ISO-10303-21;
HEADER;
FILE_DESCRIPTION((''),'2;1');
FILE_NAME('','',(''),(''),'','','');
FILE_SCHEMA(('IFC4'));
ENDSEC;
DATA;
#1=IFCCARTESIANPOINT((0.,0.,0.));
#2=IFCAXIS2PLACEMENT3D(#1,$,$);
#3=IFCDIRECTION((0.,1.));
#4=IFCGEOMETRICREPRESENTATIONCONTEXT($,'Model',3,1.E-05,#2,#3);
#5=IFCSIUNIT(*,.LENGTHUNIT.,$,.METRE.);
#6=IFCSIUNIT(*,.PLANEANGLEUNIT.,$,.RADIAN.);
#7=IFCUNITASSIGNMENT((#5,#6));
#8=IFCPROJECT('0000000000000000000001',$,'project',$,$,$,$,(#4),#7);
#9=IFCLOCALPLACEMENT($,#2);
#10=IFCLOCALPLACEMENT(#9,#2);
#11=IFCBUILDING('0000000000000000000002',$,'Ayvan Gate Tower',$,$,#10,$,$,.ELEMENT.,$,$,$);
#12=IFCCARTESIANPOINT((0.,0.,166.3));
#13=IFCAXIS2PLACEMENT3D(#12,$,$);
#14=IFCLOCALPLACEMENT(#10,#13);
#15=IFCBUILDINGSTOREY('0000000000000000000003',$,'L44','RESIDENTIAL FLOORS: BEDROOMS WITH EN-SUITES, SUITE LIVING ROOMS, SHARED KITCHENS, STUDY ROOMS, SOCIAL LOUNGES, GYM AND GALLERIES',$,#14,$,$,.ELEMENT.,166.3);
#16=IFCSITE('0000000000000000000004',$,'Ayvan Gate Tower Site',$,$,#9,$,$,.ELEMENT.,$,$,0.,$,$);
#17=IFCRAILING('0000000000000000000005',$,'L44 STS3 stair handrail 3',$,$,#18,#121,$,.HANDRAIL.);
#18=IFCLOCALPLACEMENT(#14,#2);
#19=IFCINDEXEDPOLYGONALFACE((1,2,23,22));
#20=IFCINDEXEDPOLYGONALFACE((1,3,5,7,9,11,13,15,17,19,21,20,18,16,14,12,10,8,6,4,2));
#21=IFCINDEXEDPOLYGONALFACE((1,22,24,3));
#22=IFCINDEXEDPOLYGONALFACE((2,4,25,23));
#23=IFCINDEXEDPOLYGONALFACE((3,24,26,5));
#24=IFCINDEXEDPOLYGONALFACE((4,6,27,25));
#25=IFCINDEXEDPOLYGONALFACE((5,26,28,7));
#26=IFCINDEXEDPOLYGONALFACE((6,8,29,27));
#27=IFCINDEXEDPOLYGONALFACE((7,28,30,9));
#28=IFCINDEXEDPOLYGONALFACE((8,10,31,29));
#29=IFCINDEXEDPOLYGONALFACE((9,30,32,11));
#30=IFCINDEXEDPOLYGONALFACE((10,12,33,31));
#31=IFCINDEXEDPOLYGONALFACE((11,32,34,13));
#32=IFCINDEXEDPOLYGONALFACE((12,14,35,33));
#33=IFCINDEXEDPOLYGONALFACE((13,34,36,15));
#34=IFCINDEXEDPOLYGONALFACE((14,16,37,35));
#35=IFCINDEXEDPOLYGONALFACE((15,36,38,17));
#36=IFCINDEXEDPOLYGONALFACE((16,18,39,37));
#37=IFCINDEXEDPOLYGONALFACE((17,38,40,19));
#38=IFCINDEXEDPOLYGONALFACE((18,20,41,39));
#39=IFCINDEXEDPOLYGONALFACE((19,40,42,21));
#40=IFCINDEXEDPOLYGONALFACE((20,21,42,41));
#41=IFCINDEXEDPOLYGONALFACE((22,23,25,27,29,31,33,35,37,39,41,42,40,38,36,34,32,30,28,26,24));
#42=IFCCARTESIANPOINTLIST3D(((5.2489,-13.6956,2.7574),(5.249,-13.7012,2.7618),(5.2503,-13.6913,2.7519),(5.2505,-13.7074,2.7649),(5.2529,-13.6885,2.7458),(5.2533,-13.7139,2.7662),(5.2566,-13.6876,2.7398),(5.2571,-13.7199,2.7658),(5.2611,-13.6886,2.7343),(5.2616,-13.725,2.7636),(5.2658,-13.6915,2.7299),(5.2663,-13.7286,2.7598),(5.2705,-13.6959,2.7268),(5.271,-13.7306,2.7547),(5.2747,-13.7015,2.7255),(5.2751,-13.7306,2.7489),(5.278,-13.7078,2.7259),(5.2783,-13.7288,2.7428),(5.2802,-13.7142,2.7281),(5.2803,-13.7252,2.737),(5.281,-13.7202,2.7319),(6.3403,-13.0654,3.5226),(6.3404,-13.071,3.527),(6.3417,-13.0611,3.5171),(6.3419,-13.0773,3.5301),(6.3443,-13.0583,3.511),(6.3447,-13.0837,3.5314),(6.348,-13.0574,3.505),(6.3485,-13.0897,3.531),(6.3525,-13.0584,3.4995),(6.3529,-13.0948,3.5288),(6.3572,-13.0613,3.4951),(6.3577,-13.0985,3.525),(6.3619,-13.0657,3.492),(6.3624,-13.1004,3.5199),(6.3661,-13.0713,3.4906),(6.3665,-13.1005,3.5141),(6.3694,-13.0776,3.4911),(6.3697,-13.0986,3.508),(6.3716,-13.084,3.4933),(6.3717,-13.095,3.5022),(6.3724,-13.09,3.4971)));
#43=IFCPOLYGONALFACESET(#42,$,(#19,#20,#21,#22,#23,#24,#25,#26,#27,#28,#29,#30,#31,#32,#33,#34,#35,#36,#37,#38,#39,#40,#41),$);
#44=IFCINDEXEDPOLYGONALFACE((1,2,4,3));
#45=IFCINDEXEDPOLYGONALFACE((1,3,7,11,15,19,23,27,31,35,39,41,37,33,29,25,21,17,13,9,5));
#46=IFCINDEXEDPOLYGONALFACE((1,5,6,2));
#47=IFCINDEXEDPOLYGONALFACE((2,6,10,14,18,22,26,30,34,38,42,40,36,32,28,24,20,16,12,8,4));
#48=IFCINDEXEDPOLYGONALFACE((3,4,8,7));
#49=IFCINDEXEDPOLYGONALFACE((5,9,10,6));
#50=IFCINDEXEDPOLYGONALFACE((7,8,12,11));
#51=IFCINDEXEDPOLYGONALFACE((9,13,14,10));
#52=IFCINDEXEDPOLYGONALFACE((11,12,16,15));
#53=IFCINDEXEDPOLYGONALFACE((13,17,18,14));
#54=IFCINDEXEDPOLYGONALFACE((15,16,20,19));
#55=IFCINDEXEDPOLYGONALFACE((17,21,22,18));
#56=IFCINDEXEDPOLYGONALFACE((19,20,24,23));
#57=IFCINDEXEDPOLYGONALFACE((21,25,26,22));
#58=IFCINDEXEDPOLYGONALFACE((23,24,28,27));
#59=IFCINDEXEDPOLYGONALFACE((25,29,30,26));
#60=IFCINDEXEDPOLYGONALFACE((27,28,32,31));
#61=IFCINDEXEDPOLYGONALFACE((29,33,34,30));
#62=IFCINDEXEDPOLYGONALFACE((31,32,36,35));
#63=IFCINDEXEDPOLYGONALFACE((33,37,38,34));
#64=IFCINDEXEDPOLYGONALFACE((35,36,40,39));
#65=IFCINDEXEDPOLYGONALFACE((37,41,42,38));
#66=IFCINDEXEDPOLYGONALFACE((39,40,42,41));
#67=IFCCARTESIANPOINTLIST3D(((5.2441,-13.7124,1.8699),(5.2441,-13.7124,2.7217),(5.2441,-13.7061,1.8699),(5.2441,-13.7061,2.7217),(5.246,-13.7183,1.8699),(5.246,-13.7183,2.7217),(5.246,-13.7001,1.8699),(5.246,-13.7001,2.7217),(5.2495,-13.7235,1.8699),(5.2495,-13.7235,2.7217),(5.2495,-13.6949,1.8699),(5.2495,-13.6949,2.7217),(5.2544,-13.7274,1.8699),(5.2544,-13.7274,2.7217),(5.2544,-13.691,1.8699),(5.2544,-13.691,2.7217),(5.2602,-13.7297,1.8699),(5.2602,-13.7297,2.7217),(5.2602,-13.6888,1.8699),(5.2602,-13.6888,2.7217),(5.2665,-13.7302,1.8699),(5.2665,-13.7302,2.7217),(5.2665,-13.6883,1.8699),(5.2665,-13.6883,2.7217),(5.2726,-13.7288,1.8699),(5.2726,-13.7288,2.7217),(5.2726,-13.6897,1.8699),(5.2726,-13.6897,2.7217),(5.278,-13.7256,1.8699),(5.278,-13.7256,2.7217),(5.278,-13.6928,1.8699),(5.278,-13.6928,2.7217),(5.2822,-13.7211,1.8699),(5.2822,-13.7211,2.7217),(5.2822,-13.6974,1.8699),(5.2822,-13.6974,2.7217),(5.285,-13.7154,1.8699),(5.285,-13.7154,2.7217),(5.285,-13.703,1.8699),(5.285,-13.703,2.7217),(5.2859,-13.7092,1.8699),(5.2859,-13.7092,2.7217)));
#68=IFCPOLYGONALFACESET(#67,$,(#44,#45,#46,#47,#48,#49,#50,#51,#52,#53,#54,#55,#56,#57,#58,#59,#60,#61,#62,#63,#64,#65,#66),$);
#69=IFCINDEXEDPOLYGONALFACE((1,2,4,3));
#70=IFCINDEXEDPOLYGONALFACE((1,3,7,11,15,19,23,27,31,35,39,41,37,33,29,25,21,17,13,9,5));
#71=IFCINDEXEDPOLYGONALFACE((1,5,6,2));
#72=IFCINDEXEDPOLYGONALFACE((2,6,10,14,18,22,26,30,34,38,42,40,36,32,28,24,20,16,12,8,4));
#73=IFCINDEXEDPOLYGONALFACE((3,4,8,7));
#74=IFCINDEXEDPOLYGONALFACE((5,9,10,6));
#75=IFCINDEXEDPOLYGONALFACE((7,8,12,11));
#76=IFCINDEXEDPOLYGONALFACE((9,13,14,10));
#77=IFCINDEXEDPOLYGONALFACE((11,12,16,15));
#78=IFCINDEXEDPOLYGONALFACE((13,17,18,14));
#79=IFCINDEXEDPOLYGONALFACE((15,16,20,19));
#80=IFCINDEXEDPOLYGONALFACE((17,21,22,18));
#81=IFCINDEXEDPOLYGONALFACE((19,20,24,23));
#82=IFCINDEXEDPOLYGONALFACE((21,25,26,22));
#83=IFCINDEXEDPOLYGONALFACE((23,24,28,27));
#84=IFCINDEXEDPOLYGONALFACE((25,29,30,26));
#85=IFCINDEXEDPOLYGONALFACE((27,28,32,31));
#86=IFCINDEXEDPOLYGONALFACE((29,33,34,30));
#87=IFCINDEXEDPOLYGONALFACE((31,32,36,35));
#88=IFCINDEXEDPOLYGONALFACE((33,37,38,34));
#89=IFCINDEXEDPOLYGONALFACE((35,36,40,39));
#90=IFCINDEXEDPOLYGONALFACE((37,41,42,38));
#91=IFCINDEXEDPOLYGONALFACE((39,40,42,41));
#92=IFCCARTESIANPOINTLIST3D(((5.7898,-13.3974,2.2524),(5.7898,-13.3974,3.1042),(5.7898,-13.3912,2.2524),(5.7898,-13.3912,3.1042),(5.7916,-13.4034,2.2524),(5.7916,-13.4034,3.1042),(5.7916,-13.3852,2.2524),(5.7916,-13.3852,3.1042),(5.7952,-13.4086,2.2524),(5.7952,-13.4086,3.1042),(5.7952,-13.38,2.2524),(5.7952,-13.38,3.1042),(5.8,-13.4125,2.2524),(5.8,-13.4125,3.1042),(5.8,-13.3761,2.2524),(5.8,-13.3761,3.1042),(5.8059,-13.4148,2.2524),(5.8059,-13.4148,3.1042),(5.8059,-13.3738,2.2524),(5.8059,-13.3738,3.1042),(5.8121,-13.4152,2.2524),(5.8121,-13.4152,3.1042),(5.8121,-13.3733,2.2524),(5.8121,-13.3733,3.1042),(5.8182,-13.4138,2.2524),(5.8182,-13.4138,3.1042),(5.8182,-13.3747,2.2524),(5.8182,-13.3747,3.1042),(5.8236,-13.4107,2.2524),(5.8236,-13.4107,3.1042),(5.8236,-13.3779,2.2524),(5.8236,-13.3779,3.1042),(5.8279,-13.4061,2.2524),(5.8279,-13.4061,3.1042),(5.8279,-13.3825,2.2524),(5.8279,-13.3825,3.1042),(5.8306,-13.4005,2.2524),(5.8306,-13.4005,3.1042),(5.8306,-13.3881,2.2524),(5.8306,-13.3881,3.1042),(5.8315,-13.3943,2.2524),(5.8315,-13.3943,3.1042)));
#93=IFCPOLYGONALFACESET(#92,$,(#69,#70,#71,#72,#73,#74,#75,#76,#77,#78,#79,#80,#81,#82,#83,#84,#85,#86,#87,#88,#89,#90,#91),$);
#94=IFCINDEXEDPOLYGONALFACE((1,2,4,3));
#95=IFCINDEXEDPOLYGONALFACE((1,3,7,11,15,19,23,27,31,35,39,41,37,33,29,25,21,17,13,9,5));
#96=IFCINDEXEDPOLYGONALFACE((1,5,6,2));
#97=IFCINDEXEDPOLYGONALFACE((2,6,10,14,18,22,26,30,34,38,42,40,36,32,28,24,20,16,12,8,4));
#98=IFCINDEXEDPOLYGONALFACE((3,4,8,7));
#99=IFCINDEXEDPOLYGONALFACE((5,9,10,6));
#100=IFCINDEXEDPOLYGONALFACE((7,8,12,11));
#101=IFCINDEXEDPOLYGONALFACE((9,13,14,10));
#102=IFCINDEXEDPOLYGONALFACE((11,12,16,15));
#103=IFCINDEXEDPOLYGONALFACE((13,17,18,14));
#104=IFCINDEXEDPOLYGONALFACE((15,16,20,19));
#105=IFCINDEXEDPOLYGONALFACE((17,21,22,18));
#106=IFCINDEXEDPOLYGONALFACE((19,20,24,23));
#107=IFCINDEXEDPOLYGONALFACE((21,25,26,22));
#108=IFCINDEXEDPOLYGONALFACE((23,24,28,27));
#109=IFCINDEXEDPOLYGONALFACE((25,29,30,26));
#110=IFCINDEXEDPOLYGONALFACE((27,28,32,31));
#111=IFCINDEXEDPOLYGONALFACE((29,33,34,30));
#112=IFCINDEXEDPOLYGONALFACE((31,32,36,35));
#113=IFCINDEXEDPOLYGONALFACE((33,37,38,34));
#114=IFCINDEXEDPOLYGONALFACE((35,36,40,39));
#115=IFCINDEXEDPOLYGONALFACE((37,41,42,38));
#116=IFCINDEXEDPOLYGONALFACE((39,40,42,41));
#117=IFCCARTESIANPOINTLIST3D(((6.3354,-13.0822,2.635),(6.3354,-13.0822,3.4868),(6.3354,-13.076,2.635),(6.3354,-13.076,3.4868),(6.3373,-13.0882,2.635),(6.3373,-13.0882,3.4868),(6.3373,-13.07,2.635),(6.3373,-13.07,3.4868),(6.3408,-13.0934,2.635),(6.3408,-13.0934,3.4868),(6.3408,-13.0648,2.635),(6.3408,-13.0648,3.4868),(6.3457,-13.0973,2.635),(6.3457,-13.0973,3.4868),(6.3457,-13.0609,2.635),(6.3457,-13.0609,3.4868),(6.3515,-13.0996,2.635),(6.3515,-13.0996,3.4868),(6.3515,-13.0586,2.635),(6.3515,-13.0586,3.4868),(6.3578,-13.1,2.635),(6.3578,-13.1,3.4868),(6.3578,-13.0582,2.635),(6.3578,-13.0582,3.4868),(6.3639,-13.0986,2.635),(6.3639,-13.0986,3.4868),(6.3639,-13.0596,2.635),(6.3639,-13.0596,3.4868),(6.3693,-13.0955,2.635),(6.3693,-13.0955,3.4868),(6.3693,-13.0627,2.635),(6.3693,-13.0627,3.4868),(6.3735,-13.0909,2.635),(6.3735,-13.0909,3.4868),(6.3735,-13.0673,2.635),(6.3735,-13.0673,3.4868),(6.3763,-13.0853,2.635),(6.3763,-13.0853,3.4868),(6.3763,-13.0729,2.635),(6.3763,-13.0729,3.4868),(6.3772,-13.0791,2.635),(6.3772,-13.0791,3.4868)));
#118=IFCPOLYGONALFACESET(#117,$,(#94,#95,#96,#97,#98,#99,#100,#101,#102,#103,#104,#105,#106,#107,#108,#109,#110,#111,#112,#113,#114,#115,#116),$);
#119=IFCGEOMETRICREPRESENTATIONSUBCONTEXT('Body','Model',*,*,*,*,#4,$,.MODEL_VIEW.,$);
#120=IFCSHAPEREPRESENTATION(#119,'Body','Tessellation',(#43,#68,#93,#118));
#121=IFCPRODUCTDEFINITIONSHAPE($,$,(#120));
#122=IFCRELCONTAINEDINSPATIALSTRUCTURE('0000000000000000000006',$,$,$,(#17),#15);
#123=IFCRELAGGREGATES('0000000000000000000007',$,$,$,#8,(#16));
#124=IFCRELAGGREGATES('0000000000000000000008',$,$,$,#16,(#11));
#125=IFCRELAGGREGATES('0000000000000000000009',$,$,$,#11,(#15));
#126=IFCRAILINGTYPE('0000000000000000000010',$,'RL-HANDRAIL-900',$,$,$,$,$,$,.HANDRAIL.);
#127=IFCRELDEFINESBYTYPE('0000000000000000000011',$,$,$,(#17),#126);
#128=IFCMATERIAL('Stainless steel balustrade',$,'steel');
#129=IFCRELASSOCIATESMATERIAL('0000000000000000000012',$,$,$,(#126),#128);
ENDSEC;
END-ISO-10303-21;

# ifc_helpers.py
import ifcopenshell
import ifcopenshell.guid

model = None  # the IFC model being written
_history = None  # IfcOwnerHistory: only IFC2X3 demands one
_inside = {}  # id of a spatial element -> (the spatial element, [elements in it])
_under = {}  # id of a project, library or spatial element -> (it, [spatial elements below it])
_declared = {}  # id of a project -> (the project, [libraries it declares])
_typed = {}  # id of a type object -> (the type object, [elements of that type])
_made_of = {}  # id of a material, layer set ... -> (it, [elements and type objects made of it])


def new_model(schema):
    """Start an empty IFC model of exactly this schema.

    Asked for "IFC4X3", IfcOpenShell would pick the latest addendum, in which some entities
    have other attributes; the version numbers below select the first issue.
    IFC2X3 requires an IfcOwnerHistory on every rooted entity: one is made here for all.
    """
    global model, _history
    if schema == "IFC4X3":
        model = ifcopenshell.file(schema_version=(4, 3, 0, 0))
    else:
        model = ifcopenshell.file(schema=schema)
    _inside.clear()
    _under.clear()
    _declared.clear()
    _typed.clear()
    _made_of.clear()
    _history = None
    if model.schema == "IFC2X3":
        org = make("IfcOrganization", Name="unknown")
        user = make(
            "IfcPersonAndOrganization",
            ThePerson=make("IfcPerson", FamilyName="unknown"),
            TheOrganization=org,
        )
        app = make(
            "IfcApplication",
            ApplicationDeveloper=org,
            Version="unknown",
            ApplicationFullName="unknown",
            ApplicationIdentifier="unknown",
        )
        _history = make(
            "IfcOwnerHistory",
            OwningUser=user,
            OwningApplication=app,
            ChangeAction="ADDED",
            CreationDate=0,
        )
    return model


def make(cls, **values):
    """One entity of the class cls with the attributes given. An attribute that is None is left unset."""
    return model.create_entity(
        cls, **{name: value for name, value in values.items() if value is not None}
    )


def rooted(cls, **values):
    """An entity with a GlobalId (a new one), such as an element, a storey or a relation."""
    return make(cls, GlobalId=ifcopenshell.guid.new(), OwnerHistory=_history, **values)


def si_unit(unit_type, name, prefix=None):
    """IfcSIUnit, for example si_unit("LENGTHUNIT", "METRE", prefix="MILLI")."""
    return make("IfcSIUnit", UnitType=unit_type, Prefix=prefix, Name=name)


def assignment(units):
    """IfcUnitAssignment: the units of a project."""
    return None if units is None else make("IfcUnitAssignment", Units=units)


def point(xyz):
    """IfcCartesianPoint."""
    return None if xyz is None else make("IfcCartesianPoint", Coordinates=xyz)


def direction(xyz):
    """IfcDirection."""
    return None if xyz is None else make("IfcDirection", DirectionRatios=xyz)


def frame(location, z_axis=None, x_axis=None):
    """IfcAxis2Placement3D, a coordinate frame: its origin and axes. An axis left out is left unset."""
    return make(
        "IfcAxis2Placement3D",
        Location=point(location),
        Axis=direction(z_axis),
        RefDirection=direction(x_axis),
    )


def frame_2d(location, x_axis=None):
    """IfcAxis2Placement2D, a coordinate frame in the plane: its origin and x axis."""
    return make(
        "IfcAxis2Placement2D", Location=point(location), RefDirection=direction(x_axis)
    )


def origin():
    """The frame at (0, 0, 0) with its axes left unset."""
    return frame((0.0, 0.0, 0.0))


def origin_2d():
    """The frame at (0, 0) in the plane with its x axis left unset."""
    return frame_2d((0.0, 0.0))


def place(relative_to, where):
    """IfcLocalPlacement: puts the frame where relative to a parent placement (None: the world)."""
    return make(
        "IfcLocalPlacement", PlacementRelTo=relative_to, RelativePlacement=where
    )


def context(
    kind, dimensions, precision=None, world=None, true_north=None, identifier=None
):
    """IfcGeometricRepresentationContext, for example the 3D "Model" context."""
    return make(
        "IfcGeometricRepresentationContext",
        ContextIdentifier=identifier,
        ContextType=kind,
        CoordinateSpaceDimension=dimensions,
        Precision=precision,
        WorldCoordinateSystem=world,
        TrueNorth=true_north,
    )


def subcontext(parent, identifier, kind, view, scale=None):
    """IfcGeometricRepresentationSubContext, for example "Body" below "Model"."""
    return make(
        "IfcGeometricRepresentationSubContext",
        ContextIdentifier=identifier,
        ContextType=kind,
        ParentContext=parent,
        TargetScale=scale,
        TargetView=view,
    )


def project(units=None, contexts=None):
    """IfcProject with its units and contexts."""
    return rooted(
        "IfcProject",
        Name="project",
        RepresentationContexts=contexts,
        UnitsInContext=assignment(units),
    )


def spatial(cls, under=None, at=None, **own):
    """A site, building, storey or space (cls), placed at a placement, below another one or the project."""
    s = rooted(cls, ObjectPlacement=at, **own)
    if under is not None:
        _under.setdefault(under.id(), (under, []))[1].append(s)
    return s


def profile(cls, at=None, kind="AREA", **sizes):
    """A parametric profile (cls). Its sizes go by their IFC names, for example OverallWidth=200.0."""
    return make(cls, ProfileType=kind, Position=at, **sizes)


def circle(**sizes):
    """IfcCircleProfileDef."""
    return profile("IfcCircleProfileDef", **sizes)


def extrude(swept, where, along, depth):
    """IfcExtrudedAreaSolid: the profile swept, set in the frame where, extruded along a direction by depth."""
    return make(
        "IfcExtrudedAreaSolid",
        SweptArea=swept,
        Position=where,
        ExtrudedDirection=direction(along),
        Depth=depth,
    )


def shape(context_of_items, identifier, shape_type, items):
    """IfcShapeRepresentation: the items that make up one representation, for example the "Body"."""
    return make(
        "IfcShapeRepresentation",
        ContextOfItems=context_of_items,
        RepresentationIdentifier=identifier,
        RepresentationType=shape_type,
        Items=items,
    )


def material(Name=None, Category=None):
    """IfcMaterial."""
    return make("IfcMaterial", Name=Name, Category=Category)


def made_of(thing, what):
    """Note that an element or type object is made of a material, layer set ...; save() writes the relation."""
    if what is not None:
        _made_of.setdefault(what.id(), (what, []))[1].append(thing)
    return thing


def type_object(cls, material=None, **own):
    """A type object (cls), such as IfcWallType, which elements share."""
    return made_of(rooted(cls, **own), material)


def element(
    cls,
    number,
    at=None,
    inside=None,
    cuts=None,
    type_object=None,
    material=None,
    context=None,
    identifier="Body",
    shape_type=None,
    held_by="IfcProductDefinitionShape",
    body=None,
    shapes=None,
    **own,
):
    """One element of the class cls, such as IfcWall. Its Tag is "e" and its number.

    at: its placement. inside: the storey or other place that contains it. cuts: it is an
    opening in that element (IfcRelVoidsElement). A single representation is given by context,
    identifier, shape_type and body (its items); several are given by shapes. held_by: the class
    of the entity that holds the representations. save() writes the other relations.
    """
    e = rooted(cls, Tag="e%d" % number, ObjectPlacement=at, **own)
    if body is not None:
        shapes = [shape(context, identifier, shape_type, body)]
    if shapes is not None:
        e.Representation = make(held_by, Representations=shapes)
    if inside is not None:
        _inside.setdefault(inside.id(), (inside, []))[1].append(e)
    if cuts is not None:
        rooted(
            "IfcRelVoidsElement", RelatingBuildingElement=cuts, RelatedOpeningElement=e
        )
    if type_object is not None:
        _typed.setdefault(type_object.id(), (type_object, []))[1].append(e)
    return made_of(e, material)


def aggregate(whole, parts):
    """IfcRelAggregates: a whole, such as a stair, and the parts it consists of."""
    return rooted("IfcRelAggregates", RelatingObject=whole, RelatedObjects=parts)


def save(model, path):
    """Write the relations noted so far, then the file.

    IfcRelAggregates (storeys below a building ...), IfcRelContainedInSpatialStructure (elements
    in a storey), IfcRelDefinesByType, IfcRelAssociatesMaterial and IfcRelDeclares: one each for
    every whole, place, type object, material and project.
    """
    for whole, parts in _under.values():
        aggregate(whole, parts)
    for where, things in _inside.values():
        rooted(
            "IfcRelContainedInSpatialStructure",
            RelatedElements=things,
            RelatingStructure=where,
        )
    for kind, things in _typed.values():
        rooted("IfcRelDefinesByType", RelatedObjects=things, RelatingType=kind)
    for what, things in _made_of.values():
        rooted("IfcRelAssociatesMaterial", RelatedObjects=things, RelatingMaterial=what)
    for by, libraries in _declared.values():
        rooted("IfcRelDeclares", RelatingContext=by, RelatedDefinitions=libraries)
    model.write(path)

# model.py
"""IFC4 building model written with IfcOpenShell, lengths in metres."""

from ifc_helpers import new_model, si_unit, direction, frame, origin, origin_2d, place, context, subcontext, project, spatial, circle, extrude, material, type_object, element, save


model = new_model("IFC4")

# Units and contexts
model_context = context("Model", 3, precision=1e-05, world=origin(), true_north=direction((0.0, 1.0)))
body_context = subcontext(model_context, "Body", "Model", "MODEL_VIEW")
ifc_project = project(units=[si_unit("LENGTHUNIT", "METRE"), si_unit("PLANEANGLEUNIT", "RADIAN")], contexts=[model_context])

# Site, building, storey
site_placement = place(None, origin())
site = spatial("IfcSite", under=ifc_project, at=site_placement, Name="Ayvan Gate Tower Site", CompositionType="ELEMENT", RefElevation=0.0)
building_placement = place(site_placement, origin())
building = spatial("IfcBuilding", under=site, at=building_placement, Name="Ayvan Gate Tower", CompositionType="ELEMENT")
storey_placement = place(building_placement, frame((0.0, 0.0, 166.3)))
storey = spatial("IfcBuildingStorey", under=building, at=storey_placement, Name="L44", Description="RESIDENTIAL FLOORS: BEDROOMS WITH EN-SUITES, SUITE LIVING ROOMS, SHARED KITCHENS, STUDY ROOMS, SOCIAL LOUNGES, GYM AND GALLERIES", CompositionType="ELEMENT", Elevation=166.3)

# Railing
ifc_material_1 = material(Name="Stainless steel balustrade", Category="steel")
railing_type_1 = type_object("IfcRailingType", Name="RL-HANDRAIL-900", PredefinedType="HANDRAIL", material=ifc_material_1)
railing_1_placement = place(storey_placement, frame((5.2649, -13.7092, 1.8699)))
element("IfcRailing", 1, at=railing_1_placement, inside=storey, type_object=railing_type_1, Name="L44 STS3 stair handrail 3", PredefinedType="HANDRAIL", context=body_context, shape_type="SweptSolid", body=[
    extrude(circle(Radius=0.0239, at=origin_2d()), frame((0.0, 0.0, 0.876), z_axis=(0.740241, 0.427419, 0.518996), x_axis=(-0.500035, 0.866005, 0.0)), (0.0, 0.0, 1.0), 1.4744),
    extrude(circle(Radius=0.021, at=origin_2d()), origin(), (0.0, 0.0, 1.0), 0.8518),
    extrude(circle(Radius=0.021, at=origin_2d()), frame((0.5457, 0.3149, 0.3826)), (0.0, 0.0, 1.0), 0.8518),
    extrude(circle(Radius=0.021, at=origin_2d()), frame((1.0913, 0.6301, 0.7651)), (0.0, 0.0, 1.0), 0.8518),
])

save(model, "model.ifc")
